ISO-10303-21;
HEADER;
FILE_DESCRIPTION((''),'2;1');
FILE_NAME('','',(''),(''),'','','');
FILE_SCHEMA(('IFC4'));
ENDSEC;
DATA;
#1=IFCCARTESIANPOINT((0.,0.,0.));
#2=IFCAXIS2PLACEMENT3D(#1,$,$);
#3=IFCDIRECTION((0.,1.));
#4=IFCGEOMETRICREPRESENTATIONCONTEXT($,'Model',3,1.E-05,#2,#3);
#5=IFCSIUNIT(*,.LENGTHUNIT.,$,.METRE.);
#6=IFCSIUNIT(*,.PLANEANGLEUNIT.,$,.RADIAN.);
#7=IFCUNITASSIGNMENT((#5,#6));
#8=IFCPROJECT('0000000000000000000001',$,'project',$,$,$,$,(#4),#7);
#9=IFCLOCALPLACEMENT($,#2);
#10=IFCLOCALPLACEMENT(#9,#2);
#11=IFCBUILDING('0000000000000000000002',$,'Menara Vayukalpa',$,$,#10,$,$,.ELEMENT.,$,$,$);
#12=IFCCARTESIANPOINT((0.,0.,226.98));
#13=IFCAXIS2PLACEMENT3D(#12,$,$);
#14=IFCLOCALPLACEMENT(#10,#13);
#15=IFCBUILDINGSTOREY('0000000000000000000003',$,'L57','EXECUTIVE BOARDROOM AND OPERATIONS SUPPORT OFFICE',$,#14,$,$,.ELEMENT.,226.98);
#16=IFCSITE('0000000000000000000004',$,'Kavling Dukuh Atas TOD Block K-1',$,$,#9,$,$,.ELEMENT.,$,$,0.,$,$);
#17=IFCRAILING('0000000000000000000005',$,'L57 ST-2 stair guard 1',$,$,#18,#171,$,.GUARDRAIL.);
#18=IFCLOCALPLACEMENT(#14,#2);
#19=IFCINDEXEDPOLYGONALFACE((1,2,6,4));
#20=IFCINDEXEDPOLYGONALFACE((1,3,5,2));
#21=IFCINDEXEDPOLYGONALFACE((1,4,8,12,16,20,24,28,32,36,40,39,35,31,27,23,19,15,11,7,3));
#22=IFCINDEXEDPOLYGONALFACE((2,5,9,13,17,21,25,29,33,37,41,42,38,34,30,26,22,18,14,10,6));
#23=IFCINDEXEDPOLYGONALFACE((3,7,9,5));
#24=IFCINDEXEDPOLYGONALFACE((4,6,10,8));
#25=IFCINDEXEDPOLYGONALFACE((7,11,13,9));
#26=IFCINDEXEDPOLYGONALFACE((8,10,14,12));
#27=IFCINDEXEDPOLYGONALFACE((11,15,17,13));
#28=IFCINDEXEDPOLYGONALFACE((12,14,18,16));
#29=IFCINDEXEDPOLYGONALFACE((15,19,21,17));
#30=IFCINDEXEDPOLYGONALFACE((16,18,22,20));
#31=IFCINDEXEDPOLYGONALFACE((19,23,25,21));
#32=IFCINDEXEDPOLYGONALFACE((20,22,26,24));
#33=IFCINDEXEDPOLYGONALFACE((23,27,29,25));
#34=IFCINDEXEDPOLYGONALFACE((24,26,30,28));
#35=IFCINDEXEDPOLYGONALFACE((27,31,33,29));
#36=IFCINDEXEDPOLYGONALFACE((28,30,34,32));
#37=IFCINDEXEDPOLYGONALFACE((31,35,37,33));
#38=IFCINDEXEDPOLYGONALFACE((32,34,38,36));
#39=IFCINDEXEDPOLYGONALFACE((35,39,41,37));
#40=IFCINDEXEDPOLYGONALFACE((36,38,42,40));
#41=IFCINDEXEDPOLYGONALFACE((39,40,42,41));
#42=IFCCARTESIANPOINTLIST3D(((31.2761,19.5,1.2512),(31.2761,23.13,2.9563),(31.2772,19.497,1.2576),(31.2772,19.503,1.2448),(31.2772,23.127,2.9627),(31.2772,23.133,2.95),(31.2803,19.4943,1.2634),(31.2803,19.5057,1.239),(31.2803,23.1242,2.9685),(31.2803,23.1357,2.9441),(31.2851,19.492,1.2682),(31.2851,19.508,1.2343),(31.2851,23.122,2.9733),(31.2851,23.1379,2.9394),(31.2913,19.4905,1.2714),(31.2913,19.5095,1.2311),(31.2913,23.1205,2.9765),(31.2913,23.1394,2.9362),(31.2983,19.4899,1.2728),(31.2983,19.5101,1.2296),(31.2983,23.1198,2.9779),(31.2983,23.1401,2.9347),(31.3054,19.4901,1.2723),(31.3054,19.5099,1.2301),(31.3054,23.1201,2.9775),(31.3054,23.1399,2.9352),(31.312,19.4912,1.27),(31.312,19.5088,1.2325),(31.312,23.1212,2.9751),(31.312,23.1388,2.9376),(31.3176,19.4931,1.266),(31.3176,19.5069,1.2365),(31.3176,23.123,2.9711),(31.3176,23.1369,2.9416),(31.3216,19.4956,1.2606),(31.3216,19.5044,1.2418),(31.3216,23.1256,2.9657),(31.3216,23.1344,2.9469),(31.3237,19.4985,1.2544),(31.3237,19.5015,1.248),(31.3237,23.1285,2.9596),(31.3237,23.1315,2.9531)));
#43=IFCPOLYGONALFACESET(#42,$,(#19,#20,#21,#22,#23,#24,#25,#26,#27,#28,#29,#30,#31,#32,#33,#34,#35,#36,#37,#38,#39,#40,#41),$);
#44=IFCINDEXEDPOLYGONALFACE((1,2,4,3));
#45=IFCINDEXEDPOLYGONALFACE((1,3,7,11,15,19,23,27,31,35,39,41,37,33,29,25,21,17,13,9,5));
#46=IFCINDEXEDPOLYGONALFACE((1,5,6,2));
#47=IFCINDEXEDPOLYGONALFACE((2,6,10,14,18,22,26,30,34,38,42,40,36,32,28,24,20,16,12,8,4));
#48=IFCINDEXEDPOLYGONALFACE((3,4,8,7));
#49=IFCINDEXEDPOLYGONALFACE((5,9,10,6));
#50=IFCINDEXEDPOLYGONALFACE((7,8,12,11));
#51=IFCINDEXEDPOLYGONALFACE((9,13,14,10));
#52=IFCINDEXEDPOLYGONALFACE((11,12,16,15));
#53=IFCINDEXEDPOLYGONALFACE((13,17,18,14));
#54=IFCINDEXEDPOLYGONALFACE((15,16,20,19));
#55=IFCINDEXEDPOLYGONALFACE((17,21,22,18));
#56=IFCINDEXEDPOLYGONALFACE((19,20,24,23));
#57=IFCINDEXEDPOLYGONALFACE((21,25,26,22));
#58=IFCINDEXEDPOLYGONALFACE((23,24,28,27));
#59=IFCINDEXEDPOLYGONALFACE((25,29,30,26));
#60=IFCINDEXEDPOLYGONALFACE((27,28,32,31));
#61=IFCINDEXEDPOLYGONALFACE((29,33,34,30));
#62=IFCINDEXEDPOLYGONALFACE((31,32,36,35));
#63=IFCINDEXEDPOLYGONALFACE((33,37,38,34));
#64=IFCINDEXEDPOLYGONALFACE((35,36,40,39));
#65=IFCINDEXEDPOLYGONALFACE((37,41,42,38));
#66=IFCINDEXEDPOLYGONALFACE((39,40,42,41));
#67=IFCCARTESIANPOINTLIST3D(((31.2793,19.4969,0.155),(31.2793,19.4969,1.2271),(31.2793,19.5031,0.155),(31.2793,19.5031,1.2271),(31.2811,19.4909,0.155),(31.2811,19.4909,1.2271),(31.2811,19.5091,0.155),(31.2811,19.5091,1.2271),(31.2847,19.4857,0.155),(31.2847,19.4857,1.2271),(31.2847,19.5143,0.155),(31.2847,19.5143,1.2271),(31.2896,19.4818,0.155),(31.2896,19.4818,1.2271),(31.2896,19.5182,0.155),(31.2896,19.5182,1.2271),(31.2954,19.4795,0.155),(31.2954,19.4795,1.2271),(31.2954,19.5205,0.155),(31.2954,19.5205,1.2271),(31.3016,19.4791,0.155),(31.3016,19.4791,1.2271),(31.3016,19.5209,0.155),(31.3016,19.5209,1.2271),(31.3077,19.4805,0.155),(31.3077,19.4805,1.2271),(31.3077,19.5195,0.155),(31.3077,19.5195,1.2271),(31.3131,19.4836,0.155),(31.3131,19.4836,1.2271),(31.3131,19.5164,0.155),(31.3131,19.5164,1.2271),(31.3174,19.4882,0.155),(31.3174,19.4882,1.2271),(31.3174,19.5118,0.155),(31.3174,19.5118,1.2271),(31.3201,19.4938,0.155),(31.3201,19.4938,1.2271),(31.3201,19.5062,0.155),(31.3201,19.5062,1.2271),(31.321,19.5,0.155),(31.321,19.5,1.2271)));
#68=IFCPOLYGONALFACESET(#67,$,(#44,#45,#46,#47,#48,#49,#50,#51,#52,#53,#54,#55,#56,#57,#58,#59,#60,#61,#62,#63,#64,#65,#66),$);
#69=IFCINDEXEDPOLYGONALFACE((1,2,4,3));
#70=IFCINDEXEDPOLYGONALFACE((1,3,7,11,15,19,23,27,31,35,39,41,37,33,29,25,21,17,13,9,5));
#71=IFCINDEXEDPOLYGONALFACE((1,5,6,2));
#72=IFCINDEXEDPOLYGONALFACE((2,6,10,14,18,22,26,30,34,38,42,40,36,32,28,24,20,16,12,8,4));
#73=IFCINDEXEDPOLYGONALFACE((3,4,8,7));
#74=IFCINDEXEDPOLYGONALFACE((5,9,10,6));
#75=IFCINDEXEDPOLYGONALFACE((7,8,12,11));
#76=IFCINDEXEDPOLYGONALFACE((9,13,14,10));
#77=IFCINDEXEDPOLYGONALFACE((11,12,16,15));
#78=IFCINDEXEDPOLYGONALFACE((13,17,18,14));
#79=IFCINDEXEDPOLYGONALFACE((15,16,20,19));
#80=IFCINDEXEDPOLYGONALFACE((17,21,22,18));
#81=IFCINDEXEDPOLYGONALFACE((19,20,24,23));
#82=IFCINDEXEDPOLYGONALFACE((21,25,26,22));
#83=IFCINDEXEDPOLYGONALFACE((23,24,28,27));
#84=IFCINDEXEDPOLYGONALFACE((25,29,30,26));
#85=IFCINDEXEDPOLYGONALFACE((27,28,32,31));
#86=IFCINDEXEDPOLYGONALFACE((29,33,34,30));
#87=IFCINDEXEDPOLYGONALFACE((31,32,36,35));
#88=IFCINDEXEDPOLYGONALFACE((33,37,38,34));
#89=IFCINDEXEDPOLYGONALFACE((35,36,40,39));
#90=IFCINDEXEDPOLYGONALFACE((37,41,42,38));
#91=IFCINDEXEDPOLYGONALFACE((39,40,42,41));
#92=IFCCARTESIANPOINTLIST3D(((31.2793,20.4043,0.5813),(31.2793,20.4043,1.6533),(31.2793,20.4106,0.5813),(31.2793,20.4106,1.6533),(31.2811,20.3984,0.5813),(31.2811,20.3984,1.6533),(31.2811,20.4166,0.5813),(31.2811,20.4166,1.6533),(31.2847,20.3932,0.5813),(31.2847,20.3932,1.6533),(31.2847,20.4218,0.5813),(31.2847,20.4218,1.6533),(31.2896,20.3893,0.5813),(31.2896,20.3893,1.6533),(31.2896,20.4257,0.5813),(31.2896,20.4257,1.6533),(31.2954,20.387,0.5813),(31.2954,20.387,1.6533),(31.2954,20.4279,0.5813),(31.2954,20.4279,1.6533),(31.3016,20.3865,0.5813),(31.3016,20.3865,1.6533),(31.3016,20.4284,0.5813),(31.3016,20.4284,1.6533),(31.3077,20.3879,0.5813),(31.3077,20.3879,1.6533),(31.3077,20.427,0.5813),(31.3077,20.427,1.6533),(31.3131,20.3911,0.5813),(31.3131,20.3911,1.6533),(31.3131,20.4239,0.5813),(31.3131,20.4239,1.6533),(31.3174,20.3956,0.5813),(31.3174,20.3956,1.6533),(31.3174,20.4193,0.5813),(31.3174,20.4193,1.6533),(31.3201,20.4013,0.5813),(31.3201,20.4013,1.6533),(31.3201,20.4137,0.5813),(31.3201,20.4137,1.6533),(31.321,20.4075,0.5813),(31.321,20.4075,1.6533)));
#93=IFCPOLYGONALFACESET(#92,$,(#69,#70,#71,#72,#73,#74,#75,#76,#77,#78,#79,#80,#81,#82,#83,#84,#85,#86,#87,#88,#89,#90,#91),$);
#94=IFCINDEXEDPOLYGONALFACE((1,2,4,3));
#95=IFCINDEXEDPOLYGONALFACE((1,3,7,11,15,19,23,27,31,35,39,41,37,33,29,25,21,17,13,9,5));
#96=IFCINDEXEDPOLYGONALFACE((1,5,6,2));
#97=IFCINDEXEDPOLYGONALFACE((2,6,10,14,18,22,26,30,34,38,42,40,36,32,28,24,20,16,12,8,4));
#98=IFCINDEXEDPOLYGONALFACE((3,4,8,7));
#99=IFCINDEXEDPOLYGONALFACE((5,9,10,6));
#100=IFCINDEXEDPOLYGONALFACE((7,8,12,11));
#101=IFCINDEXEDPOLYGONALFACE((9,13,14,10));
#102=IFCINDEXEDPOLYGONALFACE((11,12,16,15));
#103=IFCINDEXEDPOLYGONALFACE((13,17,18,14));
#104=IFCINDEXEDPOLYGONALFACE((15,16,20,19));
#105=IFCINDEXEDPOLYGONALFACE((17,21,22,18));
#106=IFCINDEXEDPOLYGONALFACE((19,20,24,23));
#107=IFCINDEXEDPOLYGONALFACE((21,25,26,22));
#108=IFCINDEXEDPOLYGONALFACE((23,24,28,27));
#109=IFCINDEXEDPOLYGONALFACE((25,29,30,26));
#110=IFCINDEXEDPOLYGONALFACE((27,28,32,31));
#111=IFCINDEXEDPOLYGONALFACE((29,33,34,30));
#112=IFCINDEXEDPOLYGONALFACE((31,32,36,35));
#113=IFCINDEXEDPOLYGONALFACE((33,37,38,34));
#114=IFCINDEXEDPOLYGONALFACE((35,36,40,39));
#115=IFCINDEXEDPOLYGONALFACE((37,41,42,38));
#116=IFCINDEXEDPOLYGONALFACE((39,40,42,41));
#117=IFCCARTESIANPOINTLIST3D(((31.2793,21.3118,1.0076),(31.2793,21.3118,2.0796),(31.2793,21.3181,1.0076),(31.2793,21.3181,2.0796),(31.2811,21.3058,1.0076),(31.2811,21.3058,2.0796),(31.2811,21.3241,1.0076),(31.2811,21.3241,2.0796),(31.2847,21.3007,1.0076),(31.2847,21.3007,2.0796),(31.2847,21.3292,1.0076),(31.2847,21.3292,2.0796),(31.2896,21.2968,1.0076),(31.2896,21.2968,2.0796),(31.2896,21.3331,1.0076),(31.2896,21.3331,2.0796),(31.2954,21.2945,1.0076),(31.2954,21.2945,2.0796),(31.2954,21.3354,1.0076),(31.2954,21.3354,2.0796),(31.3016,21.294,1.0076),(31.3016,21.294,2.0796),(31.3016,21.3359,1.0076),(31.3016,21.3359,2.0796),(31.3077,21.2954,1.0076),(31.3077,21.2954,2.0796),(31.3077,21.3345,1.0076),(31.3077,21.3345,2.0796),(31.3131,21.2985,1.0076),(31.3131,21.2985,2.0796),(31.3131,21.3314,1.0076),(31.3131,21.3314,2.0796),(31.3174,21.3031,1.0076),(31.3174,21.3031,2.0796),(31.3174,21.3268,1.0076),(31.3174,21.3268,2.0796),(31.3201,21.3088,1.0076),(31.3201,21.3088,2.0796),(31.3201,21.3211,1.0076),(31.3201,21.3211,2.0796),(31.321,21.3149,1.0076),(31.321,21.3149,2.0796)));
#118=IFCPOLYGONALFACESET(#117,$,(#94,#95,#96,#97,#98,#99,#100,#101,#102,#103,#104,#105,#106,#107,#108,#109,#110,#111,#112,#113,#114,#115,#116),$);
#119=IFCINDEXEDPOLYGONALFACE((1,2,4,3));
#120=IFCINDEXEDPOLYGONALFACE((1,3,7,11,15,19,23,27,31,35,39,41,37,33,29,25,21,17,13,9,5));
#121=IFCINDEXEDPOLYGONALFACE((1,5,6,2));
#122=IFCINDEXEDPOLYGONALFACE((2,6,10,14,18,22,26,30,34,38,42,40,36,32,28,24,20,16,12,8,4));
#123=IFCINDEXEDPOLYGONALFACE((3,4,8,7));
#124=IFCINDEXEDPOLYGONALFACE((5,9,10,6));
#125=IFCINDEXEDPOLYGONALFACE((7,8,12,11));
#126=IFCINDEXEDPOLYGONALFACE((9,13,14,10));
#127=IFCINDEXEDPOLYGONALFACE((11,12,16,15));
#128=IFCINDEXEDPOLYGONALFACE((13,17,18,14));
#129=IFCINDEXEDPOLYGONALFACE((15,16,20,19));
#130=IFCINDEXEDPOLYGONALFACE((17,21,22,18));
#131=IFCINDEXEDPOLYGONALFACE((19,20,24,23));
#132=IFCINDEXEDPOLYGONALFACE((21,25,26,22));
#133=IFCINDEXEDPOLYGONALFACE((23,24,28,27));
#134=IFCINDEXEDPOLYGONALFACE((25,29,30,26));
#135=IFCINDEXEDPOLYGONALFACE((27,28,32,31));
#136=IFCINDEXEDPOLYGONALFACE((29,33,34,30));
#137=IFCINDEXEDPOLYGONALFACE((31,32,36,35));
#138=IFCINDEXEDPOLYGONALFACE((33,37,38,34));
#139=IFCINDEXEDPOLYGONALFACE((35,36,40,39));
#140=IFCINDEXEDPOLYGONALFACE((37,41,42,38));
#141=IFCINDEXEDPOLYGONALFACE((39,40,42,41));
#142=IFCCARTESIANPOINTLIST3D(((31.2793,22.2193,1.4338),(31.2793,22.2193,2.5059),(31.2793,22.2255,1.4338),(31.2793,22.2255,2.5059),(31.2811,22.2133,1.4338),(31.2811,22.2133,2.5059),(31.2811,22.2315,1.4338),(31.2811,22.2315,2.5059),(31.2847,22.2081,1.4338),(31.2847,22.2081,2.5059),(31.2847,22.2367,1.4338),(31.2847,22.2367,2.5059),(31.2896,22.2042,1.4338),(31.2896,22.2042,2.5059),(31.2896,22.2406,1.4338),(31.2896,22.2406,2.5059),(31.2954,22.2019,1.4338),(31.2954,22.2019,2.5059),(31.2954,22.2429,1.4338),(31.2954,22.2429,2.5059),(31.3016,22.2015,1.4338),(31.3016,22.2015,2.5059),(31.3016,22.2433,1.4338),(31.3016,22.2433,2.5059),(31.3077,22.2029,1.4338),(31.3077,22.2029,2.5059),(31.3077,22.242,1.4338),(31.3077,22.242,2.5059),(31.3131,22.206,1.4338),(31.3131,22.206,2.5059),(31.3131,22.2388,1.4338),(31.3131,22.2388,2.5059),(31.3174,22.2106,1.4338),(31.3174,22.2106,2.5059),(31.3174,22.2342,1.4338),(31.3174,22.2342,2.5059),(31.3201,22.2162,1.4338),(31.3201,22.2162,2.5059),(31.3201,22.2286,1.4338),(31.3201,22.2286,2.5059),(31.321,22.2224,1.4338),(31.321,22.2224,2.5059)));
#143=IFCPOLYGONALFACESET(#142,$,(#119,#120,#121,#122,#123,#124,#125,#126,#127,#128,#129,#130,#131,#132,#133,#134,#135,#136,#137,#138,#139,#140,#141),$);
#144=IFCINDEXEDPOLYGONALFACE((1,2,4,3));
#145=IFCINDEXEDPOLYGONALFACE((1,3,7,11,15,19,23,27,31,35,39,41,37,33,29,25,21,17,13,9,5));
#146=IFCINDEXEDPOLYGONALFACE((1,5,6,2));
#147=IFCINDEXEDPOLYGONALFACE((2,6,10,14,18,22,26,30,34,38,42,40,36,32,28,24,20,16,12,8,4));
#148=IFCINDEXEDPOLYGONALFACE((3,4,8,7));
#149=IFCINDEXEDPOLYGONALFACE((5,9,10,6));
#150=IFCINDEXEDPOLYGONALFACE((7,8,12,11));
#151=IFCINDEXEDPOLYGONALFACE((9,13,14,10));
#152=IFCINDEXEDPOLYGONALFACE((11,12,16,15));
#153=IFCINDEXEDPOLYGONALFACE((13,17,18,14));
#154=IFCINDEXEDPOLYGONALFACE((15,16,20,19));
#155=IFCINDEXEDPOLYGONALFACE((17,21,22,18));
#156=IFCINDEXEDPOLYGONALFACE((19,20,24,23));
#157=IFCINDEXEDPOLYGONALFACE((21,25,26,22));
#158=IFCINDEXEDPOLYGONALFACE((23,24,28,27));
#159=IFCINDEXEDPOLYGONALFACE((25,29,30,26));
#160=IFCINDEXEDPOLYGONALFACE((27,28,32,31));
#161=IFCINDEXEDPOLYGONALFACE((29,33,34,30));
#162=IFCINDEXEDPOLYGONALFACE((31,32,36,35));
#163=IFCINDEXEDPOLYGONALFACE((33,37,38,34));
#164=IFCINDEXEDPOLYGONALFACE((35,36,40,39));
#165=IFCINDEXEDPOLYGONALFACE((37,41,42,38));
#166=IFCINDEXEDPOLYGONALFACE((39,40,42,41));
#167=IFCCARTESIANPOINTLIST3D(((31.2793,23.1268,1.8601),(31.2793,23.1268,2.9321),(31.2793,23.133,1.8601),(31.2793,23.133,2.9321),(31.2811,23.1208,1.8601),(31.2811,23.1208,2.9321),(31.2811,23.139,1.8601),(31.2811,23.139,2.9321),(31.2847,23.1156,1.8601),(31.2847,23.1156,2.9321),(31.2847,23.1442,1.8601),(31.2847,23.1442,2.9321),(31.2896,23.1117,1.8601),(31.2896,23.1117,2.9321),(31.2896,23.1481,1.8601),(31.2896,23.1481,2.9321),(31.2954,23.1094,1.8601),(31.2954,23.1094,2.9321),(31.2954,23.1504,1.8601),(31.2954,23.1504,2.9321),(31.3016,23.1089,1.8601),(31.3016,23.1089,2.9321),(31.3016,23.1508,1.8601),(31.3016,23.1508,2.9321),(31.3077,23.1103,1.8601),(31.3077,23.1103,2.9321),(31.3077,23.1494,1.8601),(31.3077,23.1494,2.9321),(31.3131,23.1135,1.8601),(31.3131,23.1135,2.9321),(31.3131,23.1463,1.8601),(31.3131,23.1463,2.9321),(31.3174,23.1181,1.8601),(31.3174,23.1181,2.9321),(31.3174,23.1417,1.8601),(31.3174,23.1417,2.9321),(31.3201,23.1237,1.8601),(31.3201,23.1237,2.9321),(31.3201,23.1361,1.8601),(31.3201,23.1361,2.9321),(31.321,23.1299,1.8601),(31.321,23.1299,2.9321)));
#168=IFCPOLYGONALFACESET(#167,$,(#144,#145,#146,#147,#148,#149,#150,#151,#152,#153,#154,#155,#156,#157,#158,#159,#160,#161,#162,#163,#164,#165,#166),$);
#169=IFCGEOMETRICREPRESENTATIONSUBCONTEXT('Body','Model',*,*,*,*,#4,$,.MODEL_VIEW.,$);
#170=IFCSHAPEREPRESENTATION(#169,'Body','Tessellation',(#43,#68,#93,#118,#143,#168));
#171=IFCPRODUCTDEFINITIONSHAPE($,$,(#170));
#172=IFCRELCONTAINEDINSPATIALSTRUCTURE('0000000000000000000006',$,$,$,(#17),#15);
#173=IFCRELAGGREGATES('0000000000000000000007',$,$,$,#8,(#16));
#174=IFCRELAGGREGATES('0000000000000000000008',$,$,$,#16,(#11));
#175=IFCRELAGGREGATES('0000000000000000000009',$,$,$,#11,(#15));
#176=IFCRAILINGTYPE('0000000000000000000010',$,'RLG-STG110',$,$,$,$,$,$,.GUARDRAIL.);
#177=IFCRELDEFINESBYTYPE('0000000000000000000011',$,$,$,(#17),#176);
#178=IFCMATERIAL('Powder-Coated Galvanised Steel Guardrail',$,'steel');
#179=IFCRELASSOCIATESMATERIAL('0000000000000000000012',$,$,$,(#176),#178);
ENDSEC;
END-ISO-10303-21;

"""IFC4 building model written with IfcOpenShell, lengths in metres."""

from ifc_helpers import new_model, si_unit, direction, frame, origin, origin_2d, place, context, subcontext, project, spatial, circle, extrude, material, type_object, element, save


model = new_model("IFC4")

# Units and contexts
model_context = context("Model", 3, precision=1e-05, world=origin(), true_north=direction((0.0, 1.0)))
body_context = subcontext(model_context, "Body", "Model", "MODEL_VIEW")
ifc_project = project(units=[si_unit("LENGTHUNIT", "METRE"), si_unit("PLANEANGLEUNIT", "RADIAN")], contexts=[model_context])

# Site, building, storey
site_placement = place(None, origin())
site = spatial("IfcSite", under=ifc_project, at=site_placement, Name="Kavling Dukuh Atas TOD Block K-1", CompositionType="ELEMENT", RefElevation=0.0)
building_placement = place(site_placement, origin())
building = spatial("IfcBuilding", under=site, at=building_placement, Name="Menara Vayukalpa", CompositionType="ELEMENT")
storey_placement = place(building_placement, frame((0.0, 0.0, 226.98)))
storey = spatial("IfcBuildingStorey", under=building, at=storey_placement, Name="L57", Description="EXECUTIVE BOARDROOM AND OPERATIONS SUPPORT OFFICE", CompositionType="ELEMENT", Elevation=226.98)

# Railing
ifc_material_1 = material(Name="Powder-Coated Galvanised Steel Guardrail", Category="steel")
railing_type_1 = type_object("IfcRailingType", Name="RLG-STG110", PredefinedType="GUARDRAIL", material=ifc_material_1)
railing_1_placement = place(storey_placement, frame((31.3, 19.5, 0.155)))
element("IfcRailing", 1, at=railing_1_placement, inside=storey, type_object=railing_type_1, Name="L57 ST-2 stair guard 1", PredefinedType="GUARDRAIL", context=body_context, shape_type="SweptSolid", body=[
    extrude(circle(Radius=0.0239, at=origin_2d()), frame((0.0, 0.0, 1.0962), z_axis=(0.0, 0.905116, 0.425164), x_axis=(-1.0, 0.0, 0.0)), (0.0, 0.0, 1.0), 4.0105),
    extrude(circle(Radius=0.021, at=origin_2d()), origin(), (0.0, 0.0, 1.0), 1.072),
    extrude(circle(Radius=0.021, at=origin_2d()), frame((0.0, 0.9075, 0.4263)), (0.0, 0.0, 1.0), 1.072),
    extrude(circle(Radius=0.021, at=origin_2d()), frame((0.0, 1.8149, 0.8525)), (0.0, 0.0, 1.0), 1.072),
    extrude(circle(Radius=0.021, at=origin_2d()), frame((0.0, 2.7224, 1.2788)), (0.0, 0.0, 1.0), 1.072),
    extrude(circle(Radius=0.021, at=origin_2d()), frame((0.0, 3.6299, 1.7051)), (0.0, 0.0, 1.0), 1.072),
])

save(model, "model.ifc")
